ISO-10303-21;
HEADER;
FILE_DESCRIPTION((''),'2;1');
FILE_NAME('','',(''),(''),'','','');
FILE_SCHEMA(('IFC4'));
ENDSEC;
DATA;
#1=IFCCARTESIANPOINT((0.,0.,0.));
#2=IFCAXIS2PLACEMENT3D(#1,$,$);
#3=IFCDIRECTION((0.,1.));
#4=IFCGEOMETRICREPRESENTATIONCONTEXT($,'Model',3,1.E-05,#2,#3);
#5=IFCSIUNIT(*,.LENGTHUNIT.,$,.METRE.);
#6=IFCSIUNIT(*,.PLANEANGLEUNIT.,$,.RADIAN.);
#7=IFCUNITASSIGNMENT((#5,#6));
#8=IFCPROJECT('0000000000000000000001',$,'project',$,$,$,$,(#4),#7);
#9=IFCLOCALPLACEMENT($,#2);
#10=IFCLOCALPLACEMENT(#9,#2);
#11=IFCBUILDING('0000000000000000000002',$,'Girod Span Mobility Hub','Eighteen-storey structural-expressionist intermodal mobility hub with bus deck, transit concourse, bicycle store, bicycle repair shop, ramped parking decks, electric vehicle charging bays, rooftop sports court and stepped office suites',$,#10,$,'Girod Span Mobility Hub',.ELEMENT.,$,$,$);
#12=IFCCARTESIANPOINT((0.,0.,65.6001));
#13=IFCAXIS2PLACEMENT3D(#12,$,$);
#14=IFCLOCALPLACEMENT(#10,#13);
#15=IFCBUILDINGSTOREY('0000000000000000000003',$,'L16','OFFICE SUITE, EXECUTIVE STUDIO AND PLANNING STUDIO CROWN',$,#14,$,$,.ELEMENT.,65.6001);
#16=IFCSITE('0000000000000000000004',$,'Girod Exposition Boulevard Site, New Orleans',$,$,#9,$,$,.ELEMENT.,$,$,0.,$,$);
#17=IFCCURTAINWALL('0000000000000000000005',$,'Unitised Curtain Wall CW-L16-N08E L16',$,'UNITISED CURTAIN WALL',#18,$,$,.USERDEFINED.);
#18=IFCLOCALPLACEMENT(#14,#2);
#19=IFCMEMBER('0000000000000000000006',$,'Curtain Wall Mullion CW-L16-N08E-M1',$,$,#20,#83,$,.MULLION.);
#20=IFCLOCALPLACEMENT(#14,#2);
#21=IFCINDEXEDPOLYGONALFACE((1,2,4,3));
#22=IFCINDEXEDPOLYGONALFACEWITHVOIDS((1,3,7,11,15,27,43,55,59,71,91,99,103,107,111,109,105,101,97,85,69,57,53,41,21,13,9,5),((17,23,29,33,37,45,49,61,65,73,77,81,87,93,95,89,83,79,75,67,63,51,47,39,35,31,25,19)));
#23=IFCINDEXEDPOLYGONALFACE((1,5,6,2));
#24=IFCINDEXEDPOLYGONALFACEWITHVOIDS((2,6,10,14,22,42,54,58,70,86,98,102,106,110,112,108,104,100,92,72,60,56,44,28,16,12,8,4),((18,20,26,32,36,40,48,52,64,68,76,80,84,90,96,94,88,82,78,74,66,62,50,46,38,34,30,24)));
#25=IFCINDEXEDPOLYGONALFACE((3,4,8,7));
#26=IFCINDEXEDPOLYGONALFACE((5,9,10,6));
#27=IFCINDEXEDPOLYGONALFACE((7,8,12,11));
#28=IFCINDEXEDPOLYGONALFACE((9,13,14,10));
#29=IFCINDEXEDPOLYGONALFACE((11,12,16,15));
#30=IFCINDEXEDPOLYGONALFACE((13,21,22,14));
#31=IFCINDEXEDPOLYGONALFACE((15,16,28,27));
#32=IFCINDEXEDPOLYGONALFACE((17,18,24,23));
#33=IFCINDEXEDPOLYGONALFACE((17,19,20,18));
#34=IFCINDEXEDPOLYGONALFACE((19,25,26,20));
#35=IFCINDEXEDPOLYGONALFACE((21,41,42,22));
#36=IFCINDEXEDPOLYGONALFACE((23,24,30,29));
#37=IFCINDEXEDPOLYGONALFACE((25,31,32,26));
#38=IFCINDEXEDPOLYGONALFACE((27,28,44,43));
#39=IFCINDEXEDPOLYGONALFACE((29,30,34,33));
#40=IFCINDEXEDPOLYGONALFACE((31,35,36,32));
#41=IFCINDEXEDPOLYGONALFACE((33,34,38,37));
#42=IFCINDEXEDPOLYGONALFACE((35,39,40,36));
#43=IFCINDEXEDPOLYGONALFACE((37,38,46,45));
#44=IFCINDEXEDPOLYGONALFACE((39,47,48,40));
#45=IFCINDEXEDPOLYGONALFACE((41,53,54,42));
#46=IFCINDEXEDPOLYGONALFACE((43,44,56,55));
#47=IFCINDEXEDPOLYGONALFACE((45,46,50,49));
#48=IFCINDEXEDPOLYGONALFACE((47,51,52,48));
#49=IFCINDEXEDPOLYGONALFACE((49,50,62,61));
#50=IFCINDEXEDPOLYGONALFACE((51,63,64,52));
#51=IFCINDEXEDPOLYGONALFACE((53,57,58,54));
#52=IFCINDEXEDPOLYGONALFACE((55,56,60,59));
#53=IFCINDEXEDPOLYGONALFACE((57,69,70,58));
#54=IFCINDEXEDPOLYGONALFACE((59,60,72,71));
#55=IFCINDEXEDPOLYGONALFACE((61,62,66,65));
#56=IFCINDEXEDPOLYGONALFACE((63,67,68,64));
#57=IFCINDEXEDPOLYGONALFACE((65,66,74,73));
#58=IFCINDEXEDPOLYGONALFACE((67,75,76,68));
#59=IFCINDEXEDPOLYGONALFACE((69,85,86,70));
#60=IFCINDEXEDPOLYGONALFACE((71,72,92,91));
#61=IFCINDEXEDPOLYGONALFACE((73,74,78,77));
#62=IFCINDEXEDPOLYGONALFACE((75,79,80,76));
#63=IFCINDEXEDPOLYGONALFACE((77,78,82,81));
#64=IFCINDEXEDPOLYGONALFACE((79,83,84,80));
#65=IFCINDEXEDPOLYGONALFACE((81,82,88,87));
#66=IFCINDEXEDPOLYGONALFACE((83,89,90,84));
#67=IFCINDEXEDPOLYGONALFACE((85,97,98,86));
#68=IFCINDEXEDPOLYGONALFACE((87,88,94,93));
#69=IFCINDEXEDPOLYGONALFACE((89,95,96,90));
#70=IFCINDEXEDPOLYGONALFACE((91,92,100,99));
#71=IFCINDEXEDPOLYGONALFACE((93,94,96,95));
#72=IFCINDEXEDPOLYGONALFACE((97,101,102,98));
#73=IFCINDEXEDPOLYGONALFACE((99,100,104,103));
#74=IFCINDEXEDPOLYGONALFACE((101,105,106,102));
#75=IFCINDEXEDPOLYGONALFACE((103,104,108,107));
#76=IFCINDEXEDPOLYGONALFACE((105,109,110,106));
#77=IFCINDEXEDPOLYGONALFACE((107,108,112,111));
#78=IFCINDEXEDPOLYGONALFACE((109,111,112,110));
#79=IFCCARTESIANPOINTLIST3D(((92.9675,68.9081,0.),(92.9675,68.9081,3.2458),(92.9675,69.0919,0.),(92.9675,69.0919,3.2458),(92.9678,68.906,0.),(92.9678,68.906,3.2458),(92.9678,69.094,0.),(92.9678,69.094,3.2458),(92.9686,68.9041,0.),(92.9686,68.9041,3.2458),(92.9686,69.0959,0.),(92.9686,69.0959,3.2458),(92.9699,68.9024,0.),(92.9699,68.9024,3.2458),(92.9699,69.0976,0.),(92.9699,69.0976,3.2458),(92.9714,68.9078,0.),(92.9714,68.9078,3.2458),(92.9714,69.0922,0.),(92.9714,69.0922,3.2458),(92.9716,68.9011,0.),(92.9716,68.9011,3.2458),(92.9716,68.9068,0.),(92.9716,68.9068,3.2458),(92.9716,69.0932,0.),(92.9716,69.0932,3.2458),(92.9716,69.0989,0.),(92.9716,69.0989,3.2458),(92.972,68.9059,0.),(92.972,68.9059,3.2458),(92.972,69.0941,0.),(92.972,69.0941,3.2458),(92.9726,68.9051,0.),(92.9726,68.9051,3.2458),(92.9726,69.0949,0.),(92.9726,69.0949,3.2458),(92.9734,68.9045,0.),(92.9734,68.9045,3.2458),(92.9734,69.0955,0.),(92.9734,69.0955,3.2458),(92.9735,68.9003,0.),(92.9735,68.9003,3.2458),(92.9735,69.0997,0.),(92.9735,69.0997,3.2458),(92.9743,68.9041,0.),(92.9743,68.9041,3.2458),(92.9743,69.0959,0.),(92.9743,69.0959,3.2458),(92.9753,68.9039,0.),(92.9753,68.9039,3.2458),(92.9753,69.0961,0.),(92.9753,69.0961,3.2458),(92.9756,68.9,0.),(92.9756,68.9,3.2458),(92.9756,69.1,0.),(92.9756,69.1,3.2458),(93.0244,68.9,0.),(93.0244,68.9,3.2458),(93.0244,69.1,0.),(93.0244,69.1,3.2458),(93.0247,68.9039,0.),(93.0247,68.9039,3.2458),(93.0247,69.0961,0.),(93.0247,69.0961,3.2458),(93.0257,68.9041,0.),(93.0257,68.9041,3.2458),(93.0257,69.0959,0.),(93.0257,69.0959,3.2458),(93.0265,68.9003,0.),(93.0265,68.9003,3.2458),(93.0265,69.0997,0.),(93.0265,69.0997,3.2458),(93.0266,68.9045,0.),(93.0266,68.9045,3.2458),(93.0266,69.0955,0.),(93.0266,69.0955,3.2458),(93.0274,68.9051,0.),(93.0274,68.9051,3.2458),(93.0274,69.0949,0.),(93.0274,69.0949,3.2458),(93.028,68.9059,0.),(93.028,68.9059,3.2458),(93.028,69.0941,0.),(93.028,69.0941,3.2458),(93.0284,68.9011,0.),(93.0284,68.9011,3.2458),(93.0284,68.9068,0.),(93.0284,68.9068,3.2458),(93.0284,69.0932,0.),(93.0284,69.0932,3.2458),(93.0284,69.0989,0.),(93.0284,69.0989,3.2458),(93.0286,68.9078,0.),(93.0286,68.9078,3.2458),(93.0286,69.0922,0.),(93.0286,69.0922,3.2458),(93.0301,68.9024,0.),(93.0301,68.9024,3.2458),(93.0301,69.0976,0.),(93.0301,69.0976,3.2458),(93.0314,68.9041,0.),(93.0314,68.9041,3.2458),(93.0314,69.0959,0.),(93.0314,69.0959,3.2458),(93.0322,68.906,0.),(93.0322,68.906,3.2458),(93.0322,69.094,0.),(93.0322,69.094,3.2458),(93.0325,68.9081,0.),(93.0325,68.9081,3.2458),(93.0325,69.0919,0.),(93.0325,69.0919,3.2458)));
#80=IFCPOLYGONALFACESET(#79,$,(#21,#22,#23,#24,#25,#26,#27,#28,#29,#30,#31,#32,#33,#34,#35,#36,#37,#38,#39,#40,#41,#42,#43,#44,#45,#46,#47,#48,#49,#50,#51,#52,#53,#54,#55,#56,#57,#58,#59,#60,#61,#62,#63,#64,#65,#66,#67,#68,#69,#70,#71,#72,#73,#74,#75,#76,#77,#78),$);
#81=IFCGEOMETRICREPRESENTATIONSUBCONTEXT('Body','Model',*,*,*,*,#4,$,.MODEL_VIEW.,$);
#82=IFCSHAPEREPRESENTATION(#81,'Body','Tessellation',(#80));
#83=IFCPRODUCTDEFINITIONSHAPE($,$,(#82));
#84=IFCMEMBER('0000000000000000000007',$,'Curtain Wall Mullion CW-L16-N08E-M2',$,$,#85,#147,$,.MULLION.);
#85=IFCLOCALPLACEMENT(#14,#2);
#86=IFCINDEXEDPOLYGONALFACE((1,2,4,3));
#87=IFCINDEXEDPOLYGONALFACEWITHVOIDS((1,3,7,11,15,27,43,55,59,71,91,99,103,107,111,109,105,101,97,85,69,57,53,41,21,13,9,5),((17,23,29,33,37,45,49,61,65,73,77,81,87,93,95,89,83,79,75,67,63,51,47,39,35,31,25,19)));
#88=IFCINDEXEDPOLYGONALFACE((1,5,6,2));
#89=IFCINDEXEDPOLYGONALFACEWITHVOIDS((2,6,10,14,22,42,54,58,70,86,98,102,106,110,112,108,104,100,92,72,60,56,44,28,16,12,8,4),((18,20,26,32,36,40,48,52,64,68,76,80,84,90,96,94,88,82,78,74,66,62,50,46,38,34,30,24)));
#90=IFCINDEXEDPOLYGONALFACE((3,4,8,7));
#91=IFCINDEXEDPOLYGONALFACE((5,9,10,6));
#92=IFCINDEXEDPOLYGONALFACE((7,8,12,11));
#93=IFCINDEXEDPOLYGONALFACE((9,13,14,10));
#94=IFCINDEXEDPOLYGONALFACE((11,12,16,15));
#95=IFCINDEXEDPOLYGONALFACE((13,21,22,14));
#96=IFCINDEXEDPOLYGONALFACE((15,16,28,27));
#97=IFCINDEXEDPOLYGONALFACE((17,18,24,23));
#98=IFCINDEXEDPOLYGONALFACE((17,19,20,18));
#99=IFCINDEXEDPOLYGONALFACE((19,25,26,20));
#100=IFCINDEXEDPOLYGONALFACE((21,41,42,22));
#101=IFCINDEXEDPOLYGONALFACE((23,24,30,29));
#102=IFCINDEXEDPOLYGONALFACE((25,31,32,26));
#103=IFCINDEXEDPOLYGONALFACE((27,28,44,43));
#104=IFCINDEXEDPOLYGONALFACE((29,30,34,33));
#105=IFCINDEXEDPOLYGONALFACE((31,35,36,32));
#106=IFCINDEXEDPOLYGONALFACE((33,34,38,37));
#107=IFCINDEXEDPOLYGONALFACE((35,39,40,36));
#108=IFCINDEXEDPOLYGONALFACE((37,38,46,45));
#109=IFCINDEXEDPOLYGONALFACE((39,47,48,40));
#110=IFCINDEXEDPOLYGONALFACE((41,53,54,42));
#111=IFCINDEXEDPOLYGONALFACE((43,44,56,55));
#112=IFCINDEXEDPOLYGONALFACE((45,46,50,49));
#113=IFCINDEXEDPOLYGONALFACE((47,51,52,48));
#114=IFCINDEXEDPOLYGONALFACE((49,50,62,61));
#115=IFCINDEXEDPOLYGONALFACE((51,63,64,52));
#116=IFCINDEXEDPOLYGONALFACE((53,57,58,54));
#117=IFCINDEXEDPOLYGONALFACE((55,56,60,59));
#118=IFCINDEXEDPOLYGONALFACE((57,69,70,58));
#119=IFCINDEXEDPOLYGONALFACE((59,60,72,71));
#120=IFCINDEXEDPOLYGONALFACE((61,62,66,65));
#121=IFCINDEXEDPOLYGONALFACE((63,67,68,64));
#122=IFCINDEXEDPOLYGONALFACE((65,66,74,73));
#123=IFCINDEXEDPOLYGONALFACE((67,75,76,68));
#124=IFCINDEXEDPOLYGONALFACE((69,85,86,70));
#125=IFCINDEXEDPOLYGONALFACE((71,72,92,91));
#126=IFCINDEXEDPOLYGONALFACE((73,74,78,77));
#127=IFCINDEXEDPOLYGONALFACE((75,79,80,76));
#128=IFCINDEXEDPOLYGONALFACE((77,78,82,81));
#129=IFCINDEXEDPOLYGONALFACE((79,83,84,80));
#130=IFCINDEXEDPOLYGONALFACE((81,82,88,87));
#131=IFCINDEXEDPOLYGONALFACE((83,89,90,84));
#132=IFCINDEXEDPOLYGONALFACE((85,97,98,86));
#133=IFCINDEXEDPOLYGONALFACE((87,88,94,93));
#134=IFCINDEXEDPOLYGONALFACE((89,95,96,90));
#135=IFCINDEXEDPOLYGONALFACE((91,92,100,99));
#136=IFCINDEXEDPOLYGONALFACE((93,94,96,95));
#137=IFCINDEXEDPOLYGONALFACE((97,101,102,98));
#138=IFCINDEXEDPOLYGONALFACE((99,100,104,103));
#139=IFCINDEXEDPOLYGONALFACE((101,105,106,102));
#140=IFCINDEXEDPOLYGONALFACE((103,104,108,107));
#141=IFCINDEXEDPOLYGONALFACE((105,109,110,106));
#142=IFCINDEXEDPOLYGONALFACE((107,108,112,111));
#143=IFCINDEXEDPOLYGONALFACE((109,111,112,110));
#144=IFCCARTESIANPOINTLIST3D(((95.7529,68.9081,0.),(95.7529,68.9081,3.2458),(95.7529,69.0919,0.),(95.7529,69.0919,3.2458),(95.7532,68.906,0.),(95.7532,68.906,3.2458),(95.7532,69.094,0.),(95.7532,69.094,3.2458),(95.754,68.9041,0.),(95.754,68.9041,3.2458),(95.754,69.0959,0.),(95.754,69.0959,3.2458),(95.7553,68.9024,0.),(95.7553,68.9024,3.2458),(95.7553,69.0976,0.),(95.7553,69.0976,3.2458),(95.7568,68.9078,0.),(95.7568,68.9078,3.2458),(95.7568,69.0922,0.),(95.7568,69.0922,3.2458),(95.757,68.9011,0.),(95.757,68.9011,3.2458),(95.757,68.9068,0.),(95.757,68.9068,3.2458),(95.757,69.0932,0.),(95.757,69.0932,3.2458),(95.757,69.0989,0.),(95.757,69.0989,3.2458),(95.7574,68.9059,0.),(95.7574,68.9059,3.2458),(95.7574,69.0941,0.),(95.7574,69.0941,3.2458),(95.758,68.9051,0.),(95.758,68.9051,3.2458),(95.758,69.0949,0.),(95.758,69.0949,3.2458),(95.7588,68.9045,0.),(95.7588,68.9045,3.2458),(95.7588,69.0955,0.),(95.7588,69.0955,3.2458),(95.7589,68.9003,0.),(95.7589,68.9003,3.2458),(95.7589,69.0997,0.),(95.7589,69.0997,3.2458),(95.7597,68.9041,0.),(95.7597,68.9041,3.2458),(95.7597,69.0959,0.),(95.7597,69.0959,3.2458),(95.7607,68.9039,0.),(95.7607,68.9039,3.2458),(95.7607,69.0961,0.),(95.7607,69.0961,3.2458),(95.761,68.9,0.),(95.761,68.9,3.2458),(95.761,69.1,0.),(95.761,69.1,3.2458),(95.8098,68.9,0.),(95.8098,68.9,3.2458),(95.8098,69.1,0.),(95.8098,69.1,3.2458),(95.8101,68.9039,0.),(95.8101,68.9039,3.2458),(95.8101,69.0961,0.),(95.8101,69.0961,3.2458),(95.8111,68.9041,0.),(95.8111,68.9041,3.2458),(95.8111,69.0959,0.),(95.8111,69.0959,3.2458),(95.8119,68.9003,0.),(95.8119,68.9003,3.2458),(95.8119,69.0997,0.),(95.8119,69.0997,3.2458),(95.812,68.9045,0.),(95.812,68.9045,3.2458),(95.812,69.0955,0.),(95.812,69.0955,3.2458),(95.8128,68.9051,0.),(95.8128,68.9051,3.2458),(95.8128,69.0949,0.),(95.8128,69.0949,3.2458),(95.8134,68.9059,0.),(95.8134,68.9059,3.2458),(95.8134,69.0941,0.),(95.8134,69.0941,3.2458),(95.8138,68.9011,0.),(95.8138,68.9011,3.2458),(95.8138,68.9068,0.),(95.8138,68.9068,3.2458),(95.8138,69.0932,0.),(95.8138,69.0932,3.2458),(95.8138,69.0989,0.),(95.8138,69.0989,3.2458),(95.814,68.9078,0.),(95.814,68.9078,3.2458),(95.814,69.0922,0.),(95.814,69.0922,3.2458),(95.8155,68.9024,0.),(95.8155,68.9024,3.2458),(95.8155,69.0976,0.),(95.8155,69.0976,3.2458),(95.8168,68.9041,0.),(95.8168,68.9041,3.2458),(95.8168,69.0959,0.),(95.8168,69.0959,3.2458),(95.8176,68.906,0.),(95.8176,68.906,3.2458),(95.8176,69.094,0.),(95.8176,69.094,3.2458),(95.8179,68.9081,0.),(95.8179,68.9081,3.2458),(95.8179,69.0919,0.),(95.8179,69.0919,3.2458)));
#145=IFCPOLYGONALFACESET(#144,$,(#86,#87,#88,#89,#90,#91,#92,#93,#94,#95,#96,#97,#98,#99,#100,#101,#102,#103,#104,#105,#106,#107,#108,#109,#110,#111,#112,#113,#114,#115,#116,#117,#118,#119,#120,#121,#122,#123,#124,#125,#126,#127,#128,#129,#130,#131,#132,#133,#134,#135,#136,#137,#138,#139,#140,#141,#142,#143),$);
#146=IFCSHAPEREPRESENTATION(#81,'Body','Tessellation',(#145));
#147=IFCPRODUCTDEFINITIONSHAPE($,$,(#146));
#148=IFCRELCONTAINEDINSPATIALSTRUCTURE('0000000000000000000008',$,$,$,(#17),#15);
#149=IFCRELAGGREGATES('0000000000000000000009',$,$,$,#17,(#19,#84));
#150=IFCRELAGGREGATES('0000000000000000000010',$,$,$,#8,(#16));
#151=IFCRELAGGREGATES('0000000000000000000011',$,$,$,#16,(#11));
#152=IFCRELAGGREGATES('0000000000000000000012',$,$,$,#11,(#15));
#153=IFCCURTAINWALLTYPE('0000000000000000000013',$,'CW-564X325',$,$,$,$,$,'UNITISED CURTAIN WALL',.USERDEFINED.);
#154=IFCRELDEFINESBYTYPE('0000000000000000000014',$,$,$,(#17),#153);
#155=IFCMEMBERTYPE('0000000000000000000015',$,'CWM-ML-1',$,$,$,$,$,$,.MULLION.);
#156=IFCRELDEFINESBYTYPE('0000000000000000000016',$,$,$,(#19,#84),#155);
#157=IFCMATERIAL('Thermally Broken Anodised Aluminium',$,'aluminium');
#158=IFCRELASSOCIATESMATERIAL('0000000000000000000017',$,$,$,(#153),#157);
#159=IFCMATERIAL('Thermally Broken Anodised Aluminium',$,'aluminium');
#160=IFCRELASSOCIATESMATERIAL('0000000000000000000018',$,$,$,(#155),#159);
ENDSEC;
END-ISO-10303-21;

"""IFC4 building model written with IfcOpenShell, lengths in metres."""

from ifc_helpers import new_model, si_unit, direction, frame, origin, origin_2d, place, context, subcontext, project, spatial, hollow_rectangle, extrude, material, material_profile, profile_set, type_object, element, aggregate, save


model = new_model("IFC4")

# Units and contexts
model_context = context("Model", 3, precision=1e-05, world=origin(), true_north=direction((0.0, 1.0)))
body_context = subcontext(model_context, "Body", "Model", "MODEL_VIEW")
ifc_project = project(units=[si_unit("LENGTHUNIT", "METRE"), si_unit("PLANEANGLEUNIT", "RADIAN")], contexts=[model_context])

# Site, building, storey
site_placement = place(None, origin())
site = spatial("IfcSite", under=ifc_project, at=site_placement, Name="Girod Exposition Boulevard Site, New Orleans", CompositionType="ELEMENT", RefElevation=0.0)
building_placement = place(site_placement, origin())
building = spatial("IfcBuilding", under=site, at=building_placement, Name="Girod Span Mobility Hub", Description="Eighteen-storey structural-expressionist intermodal mobility hub with bus deck, transit concourse, bicycle store, bicycle repair shop, ramped parking decks, electric vehicle charging bays, rooftop sports court and stepped office suites", LongName="Girod Span Mobility Hub", CompositionType="ELEMENT")
storey_placement = place(building_placement, frame((0.0, 0.0, 65.6001)))
storey = spatial("IfcBuildingStorey", under=building, at=storey_placement, Name="L16", Description="OFFICE SUITE, EXECUTIVE STUDIO AND PLANNING STUDIO CROWN", CompositionType="ELEMENT", Elevation=65.6001)

# Curtain wall, members
ifc_material_1 = material(Name="Thermally Broken Anodised Aluminium", Category="aluminium")
curtain_wall_type = type_object("IfcCurtainWallType", Name="CW-564X325", ElementType="UNITISED CURTAIN WALL", PredefinedType="USERDEFINED", material=ifc_material_1)
ifc_material_2 = material(Name="Thermally Broken Anodised Aluminium", Category="aluminium")
ifc_material_profile_1 = material_profile(ifc_material_2, hollow_rectangle(XDim=0.2, YDim=0.0649, WallThickness=0.0039, InnerFilletRadius=0.0039, OuterFilletRadius=0.0081, at=origin_2d()), Name="CW-ML-65X200")
ifc_profile_set_1 = profile_set([ifc_material_profile_1], Name="Thermally Broken Anodised Aluminium")
member_type_1 = type_object("IfcMemberType", Name="CWM-ML-1", PredefinedType="MULLION", material=ifc_profile_set_1)
curtain_wall_1_placement = place(storey_placement, origin())
curtain_wall_1 = element("IfcCurtainWall", 1, at=curtain_wall_1_placement, inside=storey, type_object=curtain_wall_type, Name="Unitised Curtain Wall CW-L16-N08E L16", ObjectType="UNITISED CURTAIN WALL", PredefinedType="USERDEFINED")
member_1_placement = place(storey_placement, frame((93.0, 69.0, 0.0), z_axis=(0.0, 0.0, 1.0), x_axis=(0.0, 1.0, 0.0)))
member_1 = element("IfcMember", 2, at=member_1_placement, type_object=member_type_1, Name="Curtain Wall Mullion CW-L16-N08E-M1", PredefinedType="MULLION", context=body_context, shape_type="SweptSolid", body=[
    extrude(hollow_rectangle(XDim=0.2, YDim=0.0649, WallThickness=0.0039, InnerFilletRadius=0.0039, OuterFilletRadius=0.0081, at=origin_2d()), origin(), (0.0, 0.0, 1.0), 3.2458),
])
member_2_placement = place(storey_placement, frame((95.7854, 69.0, 0.0), z_axis=(0.0, 0.0, 1.0), x_axis=(0.0, 1.0, 0.0)))
member_2 = element("IfcMember", 3, at=member_2_placement, type_object=member_type_1, Name="Curtain Wall Mullion CW-L16-N08E-M2", PredefinedType="MULLION", context=body_context, shape_type="SweptSolid", body=[
    extrude(hollow_rectangle(XDim=0.2, YDim=0.0649, WallThickness=0.0039, InnerFilletRadius=0.0039, OuterFilletRadius=0.0081, at=origin_2d()), origin(), (0.0, 0.0, 1.0), 3.2458),
])

aggregate(curtain_wall_1, [member_1, member_2])

save(model, "model.ifc")
